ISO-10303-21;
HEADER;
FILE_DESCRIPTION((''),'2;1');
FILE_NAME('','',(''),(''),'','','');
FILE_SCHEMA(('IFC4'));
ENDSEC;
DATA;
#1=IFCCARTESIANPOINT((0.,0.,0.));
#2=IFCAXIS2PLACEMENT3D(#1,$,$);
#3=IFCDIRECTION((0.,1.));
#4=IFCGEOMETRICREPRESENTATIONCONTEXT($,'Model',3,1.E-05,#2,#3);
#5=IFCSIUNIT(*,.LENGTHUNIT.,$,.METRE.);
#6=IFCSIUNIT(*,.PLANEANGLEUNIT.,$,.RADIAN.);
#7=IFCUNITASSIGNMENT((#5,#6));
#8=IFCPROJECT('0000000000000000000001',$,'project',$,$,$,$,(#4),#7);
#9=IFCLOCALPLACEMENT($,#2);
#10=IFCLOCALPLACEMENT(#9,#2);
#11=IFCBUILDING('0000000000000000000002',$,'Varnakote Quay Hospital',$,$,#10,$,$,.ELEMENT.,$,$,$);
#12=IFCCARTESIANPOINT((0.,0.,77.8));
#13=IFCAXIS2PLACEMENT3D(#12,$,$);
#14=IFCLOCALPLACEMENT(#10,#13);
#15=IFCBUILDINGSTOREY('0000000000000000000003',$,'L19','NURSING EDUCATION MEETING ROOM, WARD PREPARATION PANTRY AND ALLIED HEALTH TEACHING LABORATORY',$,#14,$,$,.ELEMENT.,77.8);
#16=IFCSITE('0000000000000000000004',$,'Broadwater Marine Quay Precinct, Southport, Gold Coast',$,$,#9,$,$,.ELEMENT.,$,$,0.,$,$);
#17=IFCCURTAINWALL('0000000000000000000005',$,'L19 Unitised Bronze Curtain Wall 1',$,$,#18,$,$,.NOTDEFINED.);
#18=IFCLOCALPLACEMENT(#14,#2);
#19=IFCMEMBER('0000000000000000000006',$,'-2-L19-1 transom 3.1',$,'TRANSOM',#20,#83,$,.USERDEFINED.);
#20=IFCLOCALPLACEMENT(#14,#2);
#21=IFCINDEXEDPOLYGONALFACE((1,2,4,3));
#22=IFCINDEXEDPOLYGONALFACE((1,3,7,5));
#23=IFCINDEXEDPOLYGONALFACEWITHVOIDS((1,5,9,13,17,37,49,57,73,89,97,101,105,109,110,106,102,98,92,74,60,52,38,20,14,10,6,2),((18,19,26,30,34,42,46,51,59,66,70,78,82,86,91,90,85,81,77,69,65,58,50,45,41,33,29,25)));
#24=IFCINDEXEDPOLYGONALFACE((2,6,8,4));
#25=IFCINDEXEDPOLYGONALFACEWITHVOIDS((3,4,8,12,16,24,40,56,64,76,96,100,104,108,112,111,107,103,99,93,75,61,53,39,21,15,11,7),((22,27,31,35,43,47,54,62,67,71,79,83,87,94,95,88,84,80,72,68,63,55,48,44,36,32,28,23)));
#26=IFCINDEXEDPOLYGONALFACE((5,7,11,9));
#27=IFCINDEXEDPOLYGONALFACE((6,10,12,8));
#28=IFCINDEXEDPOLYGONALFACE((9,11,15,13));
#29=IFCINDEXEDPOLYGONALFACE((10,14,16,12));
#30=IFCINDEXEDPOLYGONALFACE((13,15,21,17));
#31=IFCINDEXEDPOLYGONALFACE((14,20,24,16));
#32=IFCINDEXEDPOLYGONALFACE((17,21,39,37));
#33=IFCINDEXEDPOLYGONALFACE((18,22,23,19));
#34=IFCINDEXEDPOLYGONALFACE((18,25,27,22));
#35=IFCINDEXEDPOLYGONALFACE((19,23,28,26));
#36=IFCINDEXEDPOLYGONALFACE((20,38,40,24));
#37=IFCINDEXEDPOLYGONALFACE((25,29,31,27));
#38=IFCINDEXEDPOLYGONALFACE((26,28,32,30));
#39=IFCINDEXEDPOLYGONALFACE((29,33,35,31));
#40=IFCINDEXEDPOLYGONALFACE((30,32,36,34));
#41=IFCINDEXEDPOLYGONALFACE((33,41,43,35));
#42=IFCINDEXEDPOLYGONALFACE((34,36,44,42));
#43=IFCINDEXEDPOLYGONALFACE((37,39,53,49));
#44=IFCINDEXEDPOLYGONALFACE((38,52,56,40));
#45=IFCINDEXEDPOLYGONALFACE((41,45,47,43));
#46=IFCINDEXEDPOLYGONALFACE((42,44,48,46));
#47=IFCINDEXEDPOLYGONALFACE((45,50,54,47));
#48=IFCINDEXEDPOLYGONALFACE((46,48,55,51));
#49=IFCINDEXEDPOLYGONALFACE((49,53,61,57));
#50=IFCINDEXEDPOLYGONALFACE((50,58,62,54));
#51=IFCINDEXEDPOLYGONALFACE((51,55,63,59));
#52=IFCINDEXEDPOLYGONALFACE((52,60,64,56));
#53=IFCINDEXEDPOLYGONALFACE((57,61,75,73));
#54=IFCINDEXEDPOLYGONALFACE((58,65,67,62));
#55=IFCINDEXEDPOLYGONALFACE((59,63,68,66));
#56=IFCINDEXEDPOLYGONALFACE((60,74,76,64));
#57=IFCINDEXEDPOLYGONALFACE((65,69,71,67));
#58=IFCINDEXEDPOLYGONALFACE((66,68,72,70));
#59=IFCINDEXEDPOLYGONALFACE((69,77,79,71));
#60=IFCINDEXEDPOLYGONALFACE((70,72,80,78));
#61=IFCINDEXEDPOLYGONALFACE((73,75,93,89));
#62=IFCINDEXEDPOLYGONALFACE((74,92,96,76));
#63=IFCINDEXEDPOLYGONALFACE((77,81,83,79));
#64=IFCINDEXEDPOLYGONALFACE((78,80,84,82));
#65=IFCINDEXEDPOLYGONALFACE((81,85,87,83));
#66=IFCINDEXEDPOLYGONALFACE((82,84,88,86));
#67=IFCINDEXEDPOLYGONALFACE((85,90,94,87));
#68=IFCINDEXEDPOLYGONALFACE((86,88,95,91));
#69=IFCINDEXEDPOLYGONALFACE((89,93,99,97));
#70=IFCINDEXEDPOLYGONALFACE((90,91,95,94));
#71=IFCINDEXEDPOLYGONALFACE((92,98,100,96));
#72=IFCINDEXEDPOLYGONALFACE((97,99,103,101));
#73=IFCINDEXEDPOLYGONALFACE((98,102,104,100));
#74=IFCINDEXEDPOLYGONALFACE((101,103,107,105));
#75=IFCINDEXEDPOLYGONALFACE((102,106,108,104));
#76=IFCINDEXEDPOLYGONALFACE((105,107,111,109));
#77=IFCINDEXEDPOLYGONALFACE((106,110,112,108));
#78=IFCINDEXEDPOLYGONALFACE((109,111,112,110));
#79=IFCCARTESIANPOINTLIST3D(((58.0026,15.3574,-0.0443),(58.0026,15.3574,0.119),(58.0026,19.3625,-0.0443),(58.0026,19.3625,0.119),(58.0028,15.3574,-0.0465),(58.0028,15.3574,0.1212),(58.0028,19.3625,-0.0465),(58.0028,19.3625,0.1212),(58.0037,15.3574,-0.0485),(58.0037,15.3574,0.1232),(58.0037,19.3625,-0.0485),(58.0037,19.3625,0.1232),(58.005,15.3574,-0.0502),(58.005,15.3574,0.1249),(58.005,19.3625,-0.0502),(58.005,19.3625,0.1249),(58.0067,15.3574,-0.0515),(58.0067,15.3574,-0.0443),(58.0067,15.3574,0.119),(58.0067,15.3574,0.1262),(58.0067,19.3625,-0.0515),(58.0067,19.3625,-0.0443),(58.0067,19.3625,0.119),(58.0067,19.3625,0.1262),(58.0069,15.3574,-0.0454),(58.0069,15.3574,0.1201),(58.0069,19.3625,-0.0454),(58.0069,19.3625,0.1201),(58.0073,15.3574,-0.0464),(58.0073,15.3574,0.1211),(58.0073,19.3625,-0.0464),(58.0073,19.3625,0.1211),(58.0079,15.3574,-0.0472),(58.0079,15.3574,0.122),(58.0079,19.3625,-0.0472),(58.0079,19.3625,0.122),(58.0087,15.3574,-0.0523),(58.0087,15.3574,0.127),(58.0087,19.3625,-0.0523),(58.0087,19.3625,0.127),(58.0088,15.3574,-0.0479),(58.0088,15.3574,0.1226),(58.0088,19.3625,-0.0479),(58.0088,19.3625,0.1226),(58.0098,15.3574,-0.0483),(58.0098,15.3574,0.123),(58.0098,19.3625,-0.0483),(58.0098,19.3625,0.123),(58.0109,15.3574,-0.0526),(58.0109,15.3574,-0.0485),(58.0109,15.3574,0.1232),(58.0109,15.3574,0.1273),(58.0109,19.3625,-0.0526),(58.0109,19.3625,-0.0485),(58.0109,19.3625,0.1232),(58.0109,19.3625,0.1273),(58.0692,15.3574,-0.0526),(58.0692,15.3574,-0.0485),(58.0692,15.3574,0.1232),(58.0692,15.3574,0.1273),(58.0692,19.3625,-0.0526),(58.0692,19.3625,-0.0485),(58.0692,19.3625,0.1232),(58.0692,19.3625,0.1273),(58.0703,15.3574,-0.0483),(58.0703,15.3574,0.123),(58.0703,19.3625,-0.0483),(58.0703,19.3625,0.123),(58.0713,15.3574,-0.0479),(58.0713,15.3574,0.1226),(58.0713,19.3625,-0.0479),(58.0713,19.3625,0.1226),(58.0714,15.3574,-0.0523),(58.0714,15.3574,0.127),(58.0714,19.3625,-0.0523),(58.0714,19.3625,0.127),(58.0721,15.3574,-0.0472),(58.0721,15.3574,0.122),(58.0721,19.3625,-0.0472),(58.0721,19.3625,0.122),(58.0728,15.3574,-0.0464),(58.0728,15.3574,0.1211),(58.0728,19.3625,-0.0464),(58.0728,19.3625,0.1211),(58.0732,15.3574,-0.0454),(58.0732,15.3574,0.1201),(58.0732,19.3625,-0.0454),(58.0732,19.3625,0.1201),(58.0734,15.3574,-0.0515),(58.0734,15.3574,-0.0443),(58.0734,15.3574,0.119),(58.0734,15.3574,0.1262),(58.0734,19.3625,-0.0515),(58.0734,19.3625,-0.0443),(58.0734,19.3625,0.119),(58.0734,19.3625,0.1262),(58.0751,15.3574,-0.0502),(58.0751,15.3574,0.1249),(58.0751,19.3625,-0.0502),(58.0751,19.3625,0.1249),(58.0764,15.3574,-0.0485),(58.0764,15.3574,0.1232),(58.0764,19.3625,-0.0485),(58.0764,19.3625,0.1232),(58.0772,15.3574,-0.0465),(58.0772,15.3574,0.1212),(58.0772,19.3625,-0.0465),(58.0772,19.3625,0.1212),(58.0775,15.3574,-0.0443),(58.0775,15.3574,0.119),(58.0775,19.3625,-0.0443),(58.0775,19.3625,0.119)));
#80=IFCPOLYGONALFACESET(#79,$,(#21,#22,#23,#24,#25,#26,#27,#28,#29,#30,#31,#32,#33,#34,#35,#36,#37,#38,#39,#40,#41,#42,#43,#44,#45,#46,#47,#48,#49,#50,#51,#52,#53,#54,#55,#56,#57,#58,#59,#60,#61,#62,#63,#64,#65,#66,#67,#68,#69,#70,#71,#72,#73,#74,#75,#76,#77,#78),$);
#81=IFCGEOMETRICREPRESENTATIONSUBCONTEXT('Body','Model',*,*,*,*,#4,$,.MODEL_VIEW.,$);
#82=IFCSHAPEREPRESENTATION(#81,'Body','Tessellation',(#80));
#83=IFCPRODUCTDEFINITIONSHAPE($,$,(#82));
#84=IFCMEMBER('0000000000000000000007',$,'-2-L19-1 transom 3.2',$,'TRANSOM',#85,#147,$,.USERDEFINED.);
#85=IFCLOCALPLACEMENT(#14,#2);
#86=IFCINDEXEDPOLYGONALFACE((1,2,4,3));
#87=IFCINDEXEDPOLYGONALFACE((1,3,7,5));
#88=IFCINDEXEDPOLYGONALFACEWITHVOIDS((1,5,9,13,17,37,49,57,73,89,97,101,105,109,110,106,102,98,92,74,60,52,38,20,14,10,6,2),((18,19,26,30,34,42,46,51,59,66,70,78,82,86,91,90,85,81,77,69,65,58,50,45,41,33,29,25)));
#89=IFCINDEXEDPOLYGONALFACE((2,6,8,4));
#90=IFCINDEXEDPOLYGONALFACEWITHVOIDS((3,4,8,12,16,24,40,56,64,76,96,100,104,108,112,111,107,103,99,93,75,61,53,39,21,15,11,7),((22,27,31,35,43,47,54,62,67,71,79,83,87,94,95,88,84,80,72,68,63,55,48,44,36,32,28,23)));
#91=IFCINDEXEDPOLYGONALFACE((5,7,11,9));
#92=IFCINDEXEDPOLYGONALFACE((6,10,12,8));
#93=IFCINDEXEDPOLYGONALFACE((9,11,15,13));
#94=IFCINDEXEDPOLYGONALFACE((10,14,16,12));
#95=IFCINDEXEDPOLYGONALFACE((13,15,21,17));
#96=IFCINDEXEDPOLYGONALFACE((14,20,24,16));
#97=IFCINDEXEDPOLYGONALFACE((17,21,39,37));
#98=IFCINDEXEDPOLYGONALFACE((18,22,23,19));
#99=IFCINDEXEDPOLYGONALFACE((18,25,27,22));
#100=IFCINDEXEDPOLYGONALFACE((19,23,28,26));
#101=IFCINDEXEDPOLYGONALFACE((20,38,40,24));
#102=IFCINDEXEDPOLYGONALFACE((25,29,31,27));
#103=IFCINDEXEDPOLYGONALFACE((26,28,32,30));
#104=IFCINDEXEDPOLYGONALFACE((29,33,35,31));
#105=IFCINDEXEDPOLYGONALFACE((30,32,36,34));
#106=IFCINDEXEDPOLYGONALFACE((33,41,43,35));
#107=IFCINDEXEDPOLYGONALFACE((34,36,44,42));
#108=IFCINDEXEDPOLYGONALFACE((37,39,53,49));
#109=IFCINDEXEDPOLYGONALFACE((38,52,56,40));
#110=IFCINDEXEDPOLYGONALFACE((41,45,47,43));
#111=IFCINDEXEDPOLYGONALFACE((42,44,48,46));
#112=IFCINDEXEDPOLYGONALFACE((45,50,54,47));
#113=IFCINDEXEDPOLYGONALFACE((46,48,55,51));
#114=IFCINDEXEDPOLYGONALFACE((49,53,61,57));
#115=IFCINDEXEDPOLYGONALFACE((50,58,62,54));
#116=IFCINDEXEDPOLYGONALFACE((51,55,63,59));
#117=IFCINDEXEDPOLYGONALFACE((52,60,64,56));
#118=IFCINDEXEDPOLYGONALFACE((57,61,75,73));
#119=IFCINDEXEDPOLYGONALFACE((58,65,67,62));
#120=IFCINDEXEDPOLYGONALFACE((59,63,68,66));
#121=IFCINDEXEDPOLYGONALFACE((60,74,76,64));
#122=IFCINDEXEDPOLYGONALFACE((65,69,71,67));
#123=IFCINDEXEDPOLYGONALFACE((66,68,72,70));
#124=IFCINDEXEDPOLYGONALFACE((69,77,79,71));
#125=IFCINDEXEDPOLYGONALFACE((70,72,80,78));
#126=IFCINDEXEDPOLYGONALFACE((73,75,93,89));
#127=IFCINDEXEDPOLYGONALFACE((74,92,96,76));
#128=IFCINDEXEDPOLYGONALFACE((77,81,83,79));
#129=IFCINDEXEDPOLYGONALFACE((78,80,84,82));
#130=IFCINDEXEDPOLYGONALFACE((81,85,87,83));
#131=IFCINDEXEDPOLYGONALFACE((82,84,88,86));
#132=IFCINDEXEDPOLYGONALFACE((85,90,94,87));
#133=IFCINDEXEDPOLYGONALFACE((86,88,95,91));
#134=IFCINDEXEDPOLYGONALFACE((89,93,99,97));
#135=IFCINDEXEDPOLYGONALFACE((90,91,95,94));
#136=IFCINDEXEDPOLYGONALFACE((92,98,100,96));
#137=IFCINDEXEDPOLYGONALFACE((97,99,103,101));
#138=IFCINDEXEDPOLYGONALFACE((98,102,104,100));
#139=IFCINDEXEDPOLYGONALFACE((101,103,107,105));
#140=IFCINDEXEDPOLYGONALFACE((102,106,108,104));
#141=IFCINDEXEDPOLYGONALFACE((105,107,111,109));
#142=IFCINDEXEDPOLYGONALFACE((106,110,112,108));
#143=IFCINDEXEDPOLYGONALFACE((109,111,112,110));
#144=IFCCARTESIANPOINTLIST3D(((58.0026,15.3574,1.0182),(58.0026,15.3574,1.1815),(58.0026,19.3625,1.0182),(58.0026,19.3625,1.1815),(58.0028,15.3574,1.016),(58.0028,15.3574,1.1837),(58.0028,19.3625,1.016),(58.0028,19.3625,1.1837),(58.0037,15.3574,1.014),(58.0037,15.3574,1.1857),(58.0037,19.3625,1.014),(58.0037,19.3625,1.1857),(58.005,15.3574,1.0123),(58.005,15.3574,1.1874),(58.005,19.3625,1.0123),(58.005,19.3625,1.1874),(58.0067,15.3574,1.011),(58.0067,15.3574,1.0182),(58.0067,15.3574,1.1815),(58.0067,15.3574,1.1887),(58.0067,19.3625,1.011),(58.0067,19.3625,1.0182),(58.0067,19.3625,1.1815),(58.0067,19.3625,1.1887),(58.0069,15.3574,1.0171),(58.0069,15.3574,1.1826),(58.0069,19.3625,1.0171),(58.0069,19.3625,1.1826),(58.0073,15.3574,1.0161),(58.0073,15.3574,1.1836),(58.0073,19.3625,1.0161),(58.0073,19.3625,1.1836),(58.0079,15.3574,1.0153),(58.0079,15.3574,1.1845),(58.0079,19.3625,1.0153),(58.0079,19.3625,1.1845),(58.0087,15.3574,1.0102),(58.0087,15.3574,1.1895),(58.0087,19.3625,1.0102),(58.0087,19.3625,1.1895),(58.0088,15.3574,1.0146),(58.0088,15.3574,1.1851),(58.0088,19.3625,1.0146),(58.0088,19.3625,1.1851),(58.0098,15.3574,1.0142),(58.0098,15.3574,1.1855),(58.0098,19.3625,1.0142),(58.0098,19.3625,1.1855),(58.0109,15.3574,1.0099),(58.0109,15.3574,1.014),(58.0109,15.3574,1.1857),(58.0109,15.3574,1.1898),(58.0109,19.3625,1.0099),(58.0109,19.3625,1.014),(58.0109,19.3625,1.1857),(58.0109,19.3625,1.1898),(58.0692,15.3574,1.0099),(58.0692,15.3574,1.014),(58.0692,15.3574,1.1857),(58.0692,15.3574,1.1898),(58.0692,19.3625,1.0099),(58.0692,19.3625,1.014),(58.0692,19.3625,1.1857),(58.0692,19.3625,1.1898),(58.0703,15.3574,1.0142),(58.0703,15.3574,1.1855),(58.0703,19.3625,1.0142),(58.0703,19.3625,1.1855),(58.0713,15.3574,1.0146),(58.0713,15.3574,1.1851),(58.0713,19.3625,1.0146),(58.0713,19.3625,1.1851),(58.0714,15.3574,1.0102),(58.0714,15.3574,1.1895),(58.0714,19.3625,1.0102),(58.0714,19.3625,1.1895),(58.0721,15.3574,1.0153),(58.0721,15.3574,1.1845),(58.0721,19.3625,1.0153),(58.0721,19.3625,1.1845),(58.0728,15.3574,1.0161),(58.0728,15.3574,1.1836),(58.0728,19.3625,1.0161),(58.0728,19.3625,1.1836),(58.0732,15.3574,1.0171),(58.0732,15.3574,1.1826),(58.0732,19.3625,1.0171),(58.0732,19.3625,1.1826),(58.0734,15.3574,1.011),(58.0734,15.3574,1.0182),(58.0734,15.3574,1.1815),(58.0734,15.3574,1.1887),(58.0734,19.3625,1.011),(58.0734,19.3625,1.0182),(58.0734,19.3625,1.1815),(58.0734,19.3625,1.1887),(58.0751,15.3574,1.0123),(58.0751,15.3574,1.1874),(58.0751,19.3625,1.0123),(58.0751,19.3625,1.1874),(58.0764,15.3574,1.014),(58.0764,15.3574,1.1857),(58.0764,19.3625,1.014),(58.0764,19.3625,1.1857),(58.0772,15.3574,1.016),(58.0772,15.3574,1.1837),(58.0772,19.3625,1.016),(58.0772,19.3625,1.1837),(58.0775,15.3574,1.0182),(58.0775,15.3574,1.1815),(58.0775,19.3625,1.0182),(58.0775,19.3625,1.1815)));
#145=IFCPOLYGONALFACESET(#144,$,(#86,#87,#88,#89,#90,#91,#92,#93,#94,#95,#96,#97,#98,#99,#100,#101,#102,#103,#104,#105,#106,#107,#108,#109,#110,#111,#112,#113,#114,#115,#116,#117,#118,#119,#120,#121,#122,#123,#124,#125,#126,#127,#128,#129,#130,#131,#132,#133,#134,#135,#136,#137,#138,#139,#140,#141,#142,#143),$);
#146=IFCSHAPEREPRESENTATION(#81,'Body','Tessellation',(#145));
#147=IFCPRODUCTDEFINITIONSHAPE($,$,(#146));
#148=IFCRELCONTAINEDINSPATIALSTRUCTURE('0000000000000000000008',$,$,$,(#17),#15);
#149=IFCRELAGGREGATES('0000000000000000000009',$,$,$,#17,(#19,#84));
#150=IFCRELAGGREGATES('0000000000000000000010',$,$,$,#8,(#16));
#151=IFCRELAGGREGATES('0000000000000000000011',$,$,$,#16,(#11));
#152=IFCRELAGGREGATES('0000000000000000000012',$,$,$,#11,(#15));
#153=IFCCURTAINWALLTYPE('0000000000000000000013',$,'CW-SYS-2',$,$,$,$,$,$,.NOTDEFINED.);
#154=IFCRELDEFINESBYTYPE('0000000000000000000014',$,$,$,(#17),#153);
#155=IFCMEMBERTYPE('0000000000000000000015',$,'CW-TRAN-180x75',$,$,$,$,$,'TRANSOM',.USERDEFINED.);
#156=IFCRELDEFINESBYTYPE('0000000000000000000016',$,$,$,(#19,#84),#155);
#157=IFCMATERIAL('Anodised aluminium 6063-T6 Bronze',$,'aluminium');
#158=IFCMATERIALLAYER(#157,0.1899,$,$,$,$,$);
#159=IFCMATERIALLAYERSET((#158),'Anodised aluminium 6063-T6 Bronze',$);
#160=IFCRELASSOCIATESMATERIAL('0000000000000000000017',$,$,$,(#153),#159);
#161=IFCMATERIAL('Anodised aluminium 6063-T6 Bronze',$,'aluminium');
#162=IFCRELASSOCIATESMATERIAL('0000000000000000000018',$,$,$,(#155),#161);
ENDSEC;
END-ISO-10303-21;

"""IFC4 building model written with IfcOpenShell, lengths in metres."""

from ifc_helpers import new_model, si_unit, direction, frame, origin, origin_2d, place, context, subcontext, project, spatial, hollow_rectangle, extrude, material, layer, layer_set, material_profile, profile_set, type_object, element, aggregate, save


model = new_model("IFC4")

# Units and contexts
model_context = context("Model", 3, precision=1e-05, world=origin(), true_north=direction((0.0, 1.0)))
body_context = subcontext(model_context, "Body", "Model", "MODEL_VIEW")
ifc_project = project(units=[si_unit("LENGTHUNIT", "METRE"), si_unit("PLANEANGLEUNIT", "RADIAN")], contexts=[model_context])

# Site, building, storey
site_placement = place(None, origin())
site = spatial("IfcSite", under=ifc_project, at=site_placement, Name="Broadwater Marine Quay Precinct, Southport, Gold Coast", CompositionType="ELEMENT", RefElevation=0.0)
building_placement = place(site_placement, origin())
building = spatial("IfcBuilding", under=site, at=building_placement, Name="Varnakote Quay Hospital", CompositionType="ELEMENT")
storey_placement = place(building_placement, frame((0.0, 0.0, 77.8)))
storey = spatial("IfcBuildingStorey", under=building, at=storey_placement, Name="L19", Description="NURSING EDUCATION MEETING ROOM, WARD PREPARATION PANTRY AND ALLIED HEALTH TEACHING LABORATORY", CompositionType="ELEMENT", Elevation=77.8)

# Curtain wall, members
ifc_material_1 = material(Name="Anodised aluminium 6063-T6 Bronze", Category="aluminium")
ifc_layer_1 = layer(ifc_material_1, 0.1899)
ifc_layer_set_1 = layer_set([ifc_layer_1], Name="Anodised aluminium 6063-T6 Bronze")
curtain_wall_type = type_object("IfcCurtainWallType", Name="CW-SYS-2", PredefinedType="NOTDEFINED", material=ifc_layer_set_1)
curtain_wall_placement = place(storey_placement, origin())
curtain_wall = element("IfcCurtainWall", 1, at=curtain_wall_placement, inside=storey, type_object=curtain_wall_type, Name="L19 Unitised Bronze Curtain Wall 1", PredefinedType="NOTDEFINED")
ifc_material_2 = material(Name="Anodised aluminium 6063-T6 Bronze", Category="aluminium")
ifc_material_profile_1 = material_profile(ifc_material_2, hollow_rectangle(XDim=0.075, YDim=0.1799, WallThickness=0.0042, InnerFilletRadius=0.0042, OuterFilletRadius=0.0083, at=origin_2d()), Name="CW-TRAN-180x75")
ifc_profile_set_1 = profile_set([ifc_material_profile_1], Name="Anodised aluminium 6063-T6 Bronze")
member_type_1 = type_object("IfcMemberType", Name="CW-TRAN-180x75", ElementType="TRANSOM", PredefinedType="USERDEFINED", material=ifc_profile_set_1)
member_1_placement = place(storey_placement, frame((58.04, 15.3574, 0.0374), z_axis=(0.0, 1.0, 0.0), x_axis=(-1.0, 0.0, 0.0)))
member_1 = element("IfcMember", 2, at=member_1_placement, type_object=member_type_1, Name="-2-L19-1 transom 3.1", ObjectType="TRANSOM", PredefinedType="USERDEFINED", context=body_context, shape_type="SweptSolid", body=[
    extrude(hollow_rectangle(XDim=0.075, YDim=0.1799, WallThickness=0.0042, InnerFilletRadius=0.0042, OuterFilletRadius=0.0083, at=origin_2d()), origin(), (0.0, 0.0, 1.0), 4.0051),
])
member_2_placement = place(storey_placement, frame((58.04, 15.3574, 1.0999), z_axis=(0.0, 1.0, 0.0), x_axis=(-1.0, 0.0, 0.0)))
member_2 = element("IfcMember", 3, at=member_2_placement, type_object=member_type_1, Name="-2-L19-1 transom 3.2", ObjectType="TRANSOM", PredefinedType="USERDEFINED", context=body_context, shape_type="SweptSolid", body=[
    extrude(hollow_rectangle(XDim=0.075, YDim=0.1799, WallThickness=0.0042, InnerFilletRadius=0.0042, OuterFilletRadius=0.0083, at=origin_2d()), origin(), (0.0, 0.0, 1.0), 4.0051),
])
aggregate(curtain_wall, [member_1, member_2])

save(model, "model.ifc")
